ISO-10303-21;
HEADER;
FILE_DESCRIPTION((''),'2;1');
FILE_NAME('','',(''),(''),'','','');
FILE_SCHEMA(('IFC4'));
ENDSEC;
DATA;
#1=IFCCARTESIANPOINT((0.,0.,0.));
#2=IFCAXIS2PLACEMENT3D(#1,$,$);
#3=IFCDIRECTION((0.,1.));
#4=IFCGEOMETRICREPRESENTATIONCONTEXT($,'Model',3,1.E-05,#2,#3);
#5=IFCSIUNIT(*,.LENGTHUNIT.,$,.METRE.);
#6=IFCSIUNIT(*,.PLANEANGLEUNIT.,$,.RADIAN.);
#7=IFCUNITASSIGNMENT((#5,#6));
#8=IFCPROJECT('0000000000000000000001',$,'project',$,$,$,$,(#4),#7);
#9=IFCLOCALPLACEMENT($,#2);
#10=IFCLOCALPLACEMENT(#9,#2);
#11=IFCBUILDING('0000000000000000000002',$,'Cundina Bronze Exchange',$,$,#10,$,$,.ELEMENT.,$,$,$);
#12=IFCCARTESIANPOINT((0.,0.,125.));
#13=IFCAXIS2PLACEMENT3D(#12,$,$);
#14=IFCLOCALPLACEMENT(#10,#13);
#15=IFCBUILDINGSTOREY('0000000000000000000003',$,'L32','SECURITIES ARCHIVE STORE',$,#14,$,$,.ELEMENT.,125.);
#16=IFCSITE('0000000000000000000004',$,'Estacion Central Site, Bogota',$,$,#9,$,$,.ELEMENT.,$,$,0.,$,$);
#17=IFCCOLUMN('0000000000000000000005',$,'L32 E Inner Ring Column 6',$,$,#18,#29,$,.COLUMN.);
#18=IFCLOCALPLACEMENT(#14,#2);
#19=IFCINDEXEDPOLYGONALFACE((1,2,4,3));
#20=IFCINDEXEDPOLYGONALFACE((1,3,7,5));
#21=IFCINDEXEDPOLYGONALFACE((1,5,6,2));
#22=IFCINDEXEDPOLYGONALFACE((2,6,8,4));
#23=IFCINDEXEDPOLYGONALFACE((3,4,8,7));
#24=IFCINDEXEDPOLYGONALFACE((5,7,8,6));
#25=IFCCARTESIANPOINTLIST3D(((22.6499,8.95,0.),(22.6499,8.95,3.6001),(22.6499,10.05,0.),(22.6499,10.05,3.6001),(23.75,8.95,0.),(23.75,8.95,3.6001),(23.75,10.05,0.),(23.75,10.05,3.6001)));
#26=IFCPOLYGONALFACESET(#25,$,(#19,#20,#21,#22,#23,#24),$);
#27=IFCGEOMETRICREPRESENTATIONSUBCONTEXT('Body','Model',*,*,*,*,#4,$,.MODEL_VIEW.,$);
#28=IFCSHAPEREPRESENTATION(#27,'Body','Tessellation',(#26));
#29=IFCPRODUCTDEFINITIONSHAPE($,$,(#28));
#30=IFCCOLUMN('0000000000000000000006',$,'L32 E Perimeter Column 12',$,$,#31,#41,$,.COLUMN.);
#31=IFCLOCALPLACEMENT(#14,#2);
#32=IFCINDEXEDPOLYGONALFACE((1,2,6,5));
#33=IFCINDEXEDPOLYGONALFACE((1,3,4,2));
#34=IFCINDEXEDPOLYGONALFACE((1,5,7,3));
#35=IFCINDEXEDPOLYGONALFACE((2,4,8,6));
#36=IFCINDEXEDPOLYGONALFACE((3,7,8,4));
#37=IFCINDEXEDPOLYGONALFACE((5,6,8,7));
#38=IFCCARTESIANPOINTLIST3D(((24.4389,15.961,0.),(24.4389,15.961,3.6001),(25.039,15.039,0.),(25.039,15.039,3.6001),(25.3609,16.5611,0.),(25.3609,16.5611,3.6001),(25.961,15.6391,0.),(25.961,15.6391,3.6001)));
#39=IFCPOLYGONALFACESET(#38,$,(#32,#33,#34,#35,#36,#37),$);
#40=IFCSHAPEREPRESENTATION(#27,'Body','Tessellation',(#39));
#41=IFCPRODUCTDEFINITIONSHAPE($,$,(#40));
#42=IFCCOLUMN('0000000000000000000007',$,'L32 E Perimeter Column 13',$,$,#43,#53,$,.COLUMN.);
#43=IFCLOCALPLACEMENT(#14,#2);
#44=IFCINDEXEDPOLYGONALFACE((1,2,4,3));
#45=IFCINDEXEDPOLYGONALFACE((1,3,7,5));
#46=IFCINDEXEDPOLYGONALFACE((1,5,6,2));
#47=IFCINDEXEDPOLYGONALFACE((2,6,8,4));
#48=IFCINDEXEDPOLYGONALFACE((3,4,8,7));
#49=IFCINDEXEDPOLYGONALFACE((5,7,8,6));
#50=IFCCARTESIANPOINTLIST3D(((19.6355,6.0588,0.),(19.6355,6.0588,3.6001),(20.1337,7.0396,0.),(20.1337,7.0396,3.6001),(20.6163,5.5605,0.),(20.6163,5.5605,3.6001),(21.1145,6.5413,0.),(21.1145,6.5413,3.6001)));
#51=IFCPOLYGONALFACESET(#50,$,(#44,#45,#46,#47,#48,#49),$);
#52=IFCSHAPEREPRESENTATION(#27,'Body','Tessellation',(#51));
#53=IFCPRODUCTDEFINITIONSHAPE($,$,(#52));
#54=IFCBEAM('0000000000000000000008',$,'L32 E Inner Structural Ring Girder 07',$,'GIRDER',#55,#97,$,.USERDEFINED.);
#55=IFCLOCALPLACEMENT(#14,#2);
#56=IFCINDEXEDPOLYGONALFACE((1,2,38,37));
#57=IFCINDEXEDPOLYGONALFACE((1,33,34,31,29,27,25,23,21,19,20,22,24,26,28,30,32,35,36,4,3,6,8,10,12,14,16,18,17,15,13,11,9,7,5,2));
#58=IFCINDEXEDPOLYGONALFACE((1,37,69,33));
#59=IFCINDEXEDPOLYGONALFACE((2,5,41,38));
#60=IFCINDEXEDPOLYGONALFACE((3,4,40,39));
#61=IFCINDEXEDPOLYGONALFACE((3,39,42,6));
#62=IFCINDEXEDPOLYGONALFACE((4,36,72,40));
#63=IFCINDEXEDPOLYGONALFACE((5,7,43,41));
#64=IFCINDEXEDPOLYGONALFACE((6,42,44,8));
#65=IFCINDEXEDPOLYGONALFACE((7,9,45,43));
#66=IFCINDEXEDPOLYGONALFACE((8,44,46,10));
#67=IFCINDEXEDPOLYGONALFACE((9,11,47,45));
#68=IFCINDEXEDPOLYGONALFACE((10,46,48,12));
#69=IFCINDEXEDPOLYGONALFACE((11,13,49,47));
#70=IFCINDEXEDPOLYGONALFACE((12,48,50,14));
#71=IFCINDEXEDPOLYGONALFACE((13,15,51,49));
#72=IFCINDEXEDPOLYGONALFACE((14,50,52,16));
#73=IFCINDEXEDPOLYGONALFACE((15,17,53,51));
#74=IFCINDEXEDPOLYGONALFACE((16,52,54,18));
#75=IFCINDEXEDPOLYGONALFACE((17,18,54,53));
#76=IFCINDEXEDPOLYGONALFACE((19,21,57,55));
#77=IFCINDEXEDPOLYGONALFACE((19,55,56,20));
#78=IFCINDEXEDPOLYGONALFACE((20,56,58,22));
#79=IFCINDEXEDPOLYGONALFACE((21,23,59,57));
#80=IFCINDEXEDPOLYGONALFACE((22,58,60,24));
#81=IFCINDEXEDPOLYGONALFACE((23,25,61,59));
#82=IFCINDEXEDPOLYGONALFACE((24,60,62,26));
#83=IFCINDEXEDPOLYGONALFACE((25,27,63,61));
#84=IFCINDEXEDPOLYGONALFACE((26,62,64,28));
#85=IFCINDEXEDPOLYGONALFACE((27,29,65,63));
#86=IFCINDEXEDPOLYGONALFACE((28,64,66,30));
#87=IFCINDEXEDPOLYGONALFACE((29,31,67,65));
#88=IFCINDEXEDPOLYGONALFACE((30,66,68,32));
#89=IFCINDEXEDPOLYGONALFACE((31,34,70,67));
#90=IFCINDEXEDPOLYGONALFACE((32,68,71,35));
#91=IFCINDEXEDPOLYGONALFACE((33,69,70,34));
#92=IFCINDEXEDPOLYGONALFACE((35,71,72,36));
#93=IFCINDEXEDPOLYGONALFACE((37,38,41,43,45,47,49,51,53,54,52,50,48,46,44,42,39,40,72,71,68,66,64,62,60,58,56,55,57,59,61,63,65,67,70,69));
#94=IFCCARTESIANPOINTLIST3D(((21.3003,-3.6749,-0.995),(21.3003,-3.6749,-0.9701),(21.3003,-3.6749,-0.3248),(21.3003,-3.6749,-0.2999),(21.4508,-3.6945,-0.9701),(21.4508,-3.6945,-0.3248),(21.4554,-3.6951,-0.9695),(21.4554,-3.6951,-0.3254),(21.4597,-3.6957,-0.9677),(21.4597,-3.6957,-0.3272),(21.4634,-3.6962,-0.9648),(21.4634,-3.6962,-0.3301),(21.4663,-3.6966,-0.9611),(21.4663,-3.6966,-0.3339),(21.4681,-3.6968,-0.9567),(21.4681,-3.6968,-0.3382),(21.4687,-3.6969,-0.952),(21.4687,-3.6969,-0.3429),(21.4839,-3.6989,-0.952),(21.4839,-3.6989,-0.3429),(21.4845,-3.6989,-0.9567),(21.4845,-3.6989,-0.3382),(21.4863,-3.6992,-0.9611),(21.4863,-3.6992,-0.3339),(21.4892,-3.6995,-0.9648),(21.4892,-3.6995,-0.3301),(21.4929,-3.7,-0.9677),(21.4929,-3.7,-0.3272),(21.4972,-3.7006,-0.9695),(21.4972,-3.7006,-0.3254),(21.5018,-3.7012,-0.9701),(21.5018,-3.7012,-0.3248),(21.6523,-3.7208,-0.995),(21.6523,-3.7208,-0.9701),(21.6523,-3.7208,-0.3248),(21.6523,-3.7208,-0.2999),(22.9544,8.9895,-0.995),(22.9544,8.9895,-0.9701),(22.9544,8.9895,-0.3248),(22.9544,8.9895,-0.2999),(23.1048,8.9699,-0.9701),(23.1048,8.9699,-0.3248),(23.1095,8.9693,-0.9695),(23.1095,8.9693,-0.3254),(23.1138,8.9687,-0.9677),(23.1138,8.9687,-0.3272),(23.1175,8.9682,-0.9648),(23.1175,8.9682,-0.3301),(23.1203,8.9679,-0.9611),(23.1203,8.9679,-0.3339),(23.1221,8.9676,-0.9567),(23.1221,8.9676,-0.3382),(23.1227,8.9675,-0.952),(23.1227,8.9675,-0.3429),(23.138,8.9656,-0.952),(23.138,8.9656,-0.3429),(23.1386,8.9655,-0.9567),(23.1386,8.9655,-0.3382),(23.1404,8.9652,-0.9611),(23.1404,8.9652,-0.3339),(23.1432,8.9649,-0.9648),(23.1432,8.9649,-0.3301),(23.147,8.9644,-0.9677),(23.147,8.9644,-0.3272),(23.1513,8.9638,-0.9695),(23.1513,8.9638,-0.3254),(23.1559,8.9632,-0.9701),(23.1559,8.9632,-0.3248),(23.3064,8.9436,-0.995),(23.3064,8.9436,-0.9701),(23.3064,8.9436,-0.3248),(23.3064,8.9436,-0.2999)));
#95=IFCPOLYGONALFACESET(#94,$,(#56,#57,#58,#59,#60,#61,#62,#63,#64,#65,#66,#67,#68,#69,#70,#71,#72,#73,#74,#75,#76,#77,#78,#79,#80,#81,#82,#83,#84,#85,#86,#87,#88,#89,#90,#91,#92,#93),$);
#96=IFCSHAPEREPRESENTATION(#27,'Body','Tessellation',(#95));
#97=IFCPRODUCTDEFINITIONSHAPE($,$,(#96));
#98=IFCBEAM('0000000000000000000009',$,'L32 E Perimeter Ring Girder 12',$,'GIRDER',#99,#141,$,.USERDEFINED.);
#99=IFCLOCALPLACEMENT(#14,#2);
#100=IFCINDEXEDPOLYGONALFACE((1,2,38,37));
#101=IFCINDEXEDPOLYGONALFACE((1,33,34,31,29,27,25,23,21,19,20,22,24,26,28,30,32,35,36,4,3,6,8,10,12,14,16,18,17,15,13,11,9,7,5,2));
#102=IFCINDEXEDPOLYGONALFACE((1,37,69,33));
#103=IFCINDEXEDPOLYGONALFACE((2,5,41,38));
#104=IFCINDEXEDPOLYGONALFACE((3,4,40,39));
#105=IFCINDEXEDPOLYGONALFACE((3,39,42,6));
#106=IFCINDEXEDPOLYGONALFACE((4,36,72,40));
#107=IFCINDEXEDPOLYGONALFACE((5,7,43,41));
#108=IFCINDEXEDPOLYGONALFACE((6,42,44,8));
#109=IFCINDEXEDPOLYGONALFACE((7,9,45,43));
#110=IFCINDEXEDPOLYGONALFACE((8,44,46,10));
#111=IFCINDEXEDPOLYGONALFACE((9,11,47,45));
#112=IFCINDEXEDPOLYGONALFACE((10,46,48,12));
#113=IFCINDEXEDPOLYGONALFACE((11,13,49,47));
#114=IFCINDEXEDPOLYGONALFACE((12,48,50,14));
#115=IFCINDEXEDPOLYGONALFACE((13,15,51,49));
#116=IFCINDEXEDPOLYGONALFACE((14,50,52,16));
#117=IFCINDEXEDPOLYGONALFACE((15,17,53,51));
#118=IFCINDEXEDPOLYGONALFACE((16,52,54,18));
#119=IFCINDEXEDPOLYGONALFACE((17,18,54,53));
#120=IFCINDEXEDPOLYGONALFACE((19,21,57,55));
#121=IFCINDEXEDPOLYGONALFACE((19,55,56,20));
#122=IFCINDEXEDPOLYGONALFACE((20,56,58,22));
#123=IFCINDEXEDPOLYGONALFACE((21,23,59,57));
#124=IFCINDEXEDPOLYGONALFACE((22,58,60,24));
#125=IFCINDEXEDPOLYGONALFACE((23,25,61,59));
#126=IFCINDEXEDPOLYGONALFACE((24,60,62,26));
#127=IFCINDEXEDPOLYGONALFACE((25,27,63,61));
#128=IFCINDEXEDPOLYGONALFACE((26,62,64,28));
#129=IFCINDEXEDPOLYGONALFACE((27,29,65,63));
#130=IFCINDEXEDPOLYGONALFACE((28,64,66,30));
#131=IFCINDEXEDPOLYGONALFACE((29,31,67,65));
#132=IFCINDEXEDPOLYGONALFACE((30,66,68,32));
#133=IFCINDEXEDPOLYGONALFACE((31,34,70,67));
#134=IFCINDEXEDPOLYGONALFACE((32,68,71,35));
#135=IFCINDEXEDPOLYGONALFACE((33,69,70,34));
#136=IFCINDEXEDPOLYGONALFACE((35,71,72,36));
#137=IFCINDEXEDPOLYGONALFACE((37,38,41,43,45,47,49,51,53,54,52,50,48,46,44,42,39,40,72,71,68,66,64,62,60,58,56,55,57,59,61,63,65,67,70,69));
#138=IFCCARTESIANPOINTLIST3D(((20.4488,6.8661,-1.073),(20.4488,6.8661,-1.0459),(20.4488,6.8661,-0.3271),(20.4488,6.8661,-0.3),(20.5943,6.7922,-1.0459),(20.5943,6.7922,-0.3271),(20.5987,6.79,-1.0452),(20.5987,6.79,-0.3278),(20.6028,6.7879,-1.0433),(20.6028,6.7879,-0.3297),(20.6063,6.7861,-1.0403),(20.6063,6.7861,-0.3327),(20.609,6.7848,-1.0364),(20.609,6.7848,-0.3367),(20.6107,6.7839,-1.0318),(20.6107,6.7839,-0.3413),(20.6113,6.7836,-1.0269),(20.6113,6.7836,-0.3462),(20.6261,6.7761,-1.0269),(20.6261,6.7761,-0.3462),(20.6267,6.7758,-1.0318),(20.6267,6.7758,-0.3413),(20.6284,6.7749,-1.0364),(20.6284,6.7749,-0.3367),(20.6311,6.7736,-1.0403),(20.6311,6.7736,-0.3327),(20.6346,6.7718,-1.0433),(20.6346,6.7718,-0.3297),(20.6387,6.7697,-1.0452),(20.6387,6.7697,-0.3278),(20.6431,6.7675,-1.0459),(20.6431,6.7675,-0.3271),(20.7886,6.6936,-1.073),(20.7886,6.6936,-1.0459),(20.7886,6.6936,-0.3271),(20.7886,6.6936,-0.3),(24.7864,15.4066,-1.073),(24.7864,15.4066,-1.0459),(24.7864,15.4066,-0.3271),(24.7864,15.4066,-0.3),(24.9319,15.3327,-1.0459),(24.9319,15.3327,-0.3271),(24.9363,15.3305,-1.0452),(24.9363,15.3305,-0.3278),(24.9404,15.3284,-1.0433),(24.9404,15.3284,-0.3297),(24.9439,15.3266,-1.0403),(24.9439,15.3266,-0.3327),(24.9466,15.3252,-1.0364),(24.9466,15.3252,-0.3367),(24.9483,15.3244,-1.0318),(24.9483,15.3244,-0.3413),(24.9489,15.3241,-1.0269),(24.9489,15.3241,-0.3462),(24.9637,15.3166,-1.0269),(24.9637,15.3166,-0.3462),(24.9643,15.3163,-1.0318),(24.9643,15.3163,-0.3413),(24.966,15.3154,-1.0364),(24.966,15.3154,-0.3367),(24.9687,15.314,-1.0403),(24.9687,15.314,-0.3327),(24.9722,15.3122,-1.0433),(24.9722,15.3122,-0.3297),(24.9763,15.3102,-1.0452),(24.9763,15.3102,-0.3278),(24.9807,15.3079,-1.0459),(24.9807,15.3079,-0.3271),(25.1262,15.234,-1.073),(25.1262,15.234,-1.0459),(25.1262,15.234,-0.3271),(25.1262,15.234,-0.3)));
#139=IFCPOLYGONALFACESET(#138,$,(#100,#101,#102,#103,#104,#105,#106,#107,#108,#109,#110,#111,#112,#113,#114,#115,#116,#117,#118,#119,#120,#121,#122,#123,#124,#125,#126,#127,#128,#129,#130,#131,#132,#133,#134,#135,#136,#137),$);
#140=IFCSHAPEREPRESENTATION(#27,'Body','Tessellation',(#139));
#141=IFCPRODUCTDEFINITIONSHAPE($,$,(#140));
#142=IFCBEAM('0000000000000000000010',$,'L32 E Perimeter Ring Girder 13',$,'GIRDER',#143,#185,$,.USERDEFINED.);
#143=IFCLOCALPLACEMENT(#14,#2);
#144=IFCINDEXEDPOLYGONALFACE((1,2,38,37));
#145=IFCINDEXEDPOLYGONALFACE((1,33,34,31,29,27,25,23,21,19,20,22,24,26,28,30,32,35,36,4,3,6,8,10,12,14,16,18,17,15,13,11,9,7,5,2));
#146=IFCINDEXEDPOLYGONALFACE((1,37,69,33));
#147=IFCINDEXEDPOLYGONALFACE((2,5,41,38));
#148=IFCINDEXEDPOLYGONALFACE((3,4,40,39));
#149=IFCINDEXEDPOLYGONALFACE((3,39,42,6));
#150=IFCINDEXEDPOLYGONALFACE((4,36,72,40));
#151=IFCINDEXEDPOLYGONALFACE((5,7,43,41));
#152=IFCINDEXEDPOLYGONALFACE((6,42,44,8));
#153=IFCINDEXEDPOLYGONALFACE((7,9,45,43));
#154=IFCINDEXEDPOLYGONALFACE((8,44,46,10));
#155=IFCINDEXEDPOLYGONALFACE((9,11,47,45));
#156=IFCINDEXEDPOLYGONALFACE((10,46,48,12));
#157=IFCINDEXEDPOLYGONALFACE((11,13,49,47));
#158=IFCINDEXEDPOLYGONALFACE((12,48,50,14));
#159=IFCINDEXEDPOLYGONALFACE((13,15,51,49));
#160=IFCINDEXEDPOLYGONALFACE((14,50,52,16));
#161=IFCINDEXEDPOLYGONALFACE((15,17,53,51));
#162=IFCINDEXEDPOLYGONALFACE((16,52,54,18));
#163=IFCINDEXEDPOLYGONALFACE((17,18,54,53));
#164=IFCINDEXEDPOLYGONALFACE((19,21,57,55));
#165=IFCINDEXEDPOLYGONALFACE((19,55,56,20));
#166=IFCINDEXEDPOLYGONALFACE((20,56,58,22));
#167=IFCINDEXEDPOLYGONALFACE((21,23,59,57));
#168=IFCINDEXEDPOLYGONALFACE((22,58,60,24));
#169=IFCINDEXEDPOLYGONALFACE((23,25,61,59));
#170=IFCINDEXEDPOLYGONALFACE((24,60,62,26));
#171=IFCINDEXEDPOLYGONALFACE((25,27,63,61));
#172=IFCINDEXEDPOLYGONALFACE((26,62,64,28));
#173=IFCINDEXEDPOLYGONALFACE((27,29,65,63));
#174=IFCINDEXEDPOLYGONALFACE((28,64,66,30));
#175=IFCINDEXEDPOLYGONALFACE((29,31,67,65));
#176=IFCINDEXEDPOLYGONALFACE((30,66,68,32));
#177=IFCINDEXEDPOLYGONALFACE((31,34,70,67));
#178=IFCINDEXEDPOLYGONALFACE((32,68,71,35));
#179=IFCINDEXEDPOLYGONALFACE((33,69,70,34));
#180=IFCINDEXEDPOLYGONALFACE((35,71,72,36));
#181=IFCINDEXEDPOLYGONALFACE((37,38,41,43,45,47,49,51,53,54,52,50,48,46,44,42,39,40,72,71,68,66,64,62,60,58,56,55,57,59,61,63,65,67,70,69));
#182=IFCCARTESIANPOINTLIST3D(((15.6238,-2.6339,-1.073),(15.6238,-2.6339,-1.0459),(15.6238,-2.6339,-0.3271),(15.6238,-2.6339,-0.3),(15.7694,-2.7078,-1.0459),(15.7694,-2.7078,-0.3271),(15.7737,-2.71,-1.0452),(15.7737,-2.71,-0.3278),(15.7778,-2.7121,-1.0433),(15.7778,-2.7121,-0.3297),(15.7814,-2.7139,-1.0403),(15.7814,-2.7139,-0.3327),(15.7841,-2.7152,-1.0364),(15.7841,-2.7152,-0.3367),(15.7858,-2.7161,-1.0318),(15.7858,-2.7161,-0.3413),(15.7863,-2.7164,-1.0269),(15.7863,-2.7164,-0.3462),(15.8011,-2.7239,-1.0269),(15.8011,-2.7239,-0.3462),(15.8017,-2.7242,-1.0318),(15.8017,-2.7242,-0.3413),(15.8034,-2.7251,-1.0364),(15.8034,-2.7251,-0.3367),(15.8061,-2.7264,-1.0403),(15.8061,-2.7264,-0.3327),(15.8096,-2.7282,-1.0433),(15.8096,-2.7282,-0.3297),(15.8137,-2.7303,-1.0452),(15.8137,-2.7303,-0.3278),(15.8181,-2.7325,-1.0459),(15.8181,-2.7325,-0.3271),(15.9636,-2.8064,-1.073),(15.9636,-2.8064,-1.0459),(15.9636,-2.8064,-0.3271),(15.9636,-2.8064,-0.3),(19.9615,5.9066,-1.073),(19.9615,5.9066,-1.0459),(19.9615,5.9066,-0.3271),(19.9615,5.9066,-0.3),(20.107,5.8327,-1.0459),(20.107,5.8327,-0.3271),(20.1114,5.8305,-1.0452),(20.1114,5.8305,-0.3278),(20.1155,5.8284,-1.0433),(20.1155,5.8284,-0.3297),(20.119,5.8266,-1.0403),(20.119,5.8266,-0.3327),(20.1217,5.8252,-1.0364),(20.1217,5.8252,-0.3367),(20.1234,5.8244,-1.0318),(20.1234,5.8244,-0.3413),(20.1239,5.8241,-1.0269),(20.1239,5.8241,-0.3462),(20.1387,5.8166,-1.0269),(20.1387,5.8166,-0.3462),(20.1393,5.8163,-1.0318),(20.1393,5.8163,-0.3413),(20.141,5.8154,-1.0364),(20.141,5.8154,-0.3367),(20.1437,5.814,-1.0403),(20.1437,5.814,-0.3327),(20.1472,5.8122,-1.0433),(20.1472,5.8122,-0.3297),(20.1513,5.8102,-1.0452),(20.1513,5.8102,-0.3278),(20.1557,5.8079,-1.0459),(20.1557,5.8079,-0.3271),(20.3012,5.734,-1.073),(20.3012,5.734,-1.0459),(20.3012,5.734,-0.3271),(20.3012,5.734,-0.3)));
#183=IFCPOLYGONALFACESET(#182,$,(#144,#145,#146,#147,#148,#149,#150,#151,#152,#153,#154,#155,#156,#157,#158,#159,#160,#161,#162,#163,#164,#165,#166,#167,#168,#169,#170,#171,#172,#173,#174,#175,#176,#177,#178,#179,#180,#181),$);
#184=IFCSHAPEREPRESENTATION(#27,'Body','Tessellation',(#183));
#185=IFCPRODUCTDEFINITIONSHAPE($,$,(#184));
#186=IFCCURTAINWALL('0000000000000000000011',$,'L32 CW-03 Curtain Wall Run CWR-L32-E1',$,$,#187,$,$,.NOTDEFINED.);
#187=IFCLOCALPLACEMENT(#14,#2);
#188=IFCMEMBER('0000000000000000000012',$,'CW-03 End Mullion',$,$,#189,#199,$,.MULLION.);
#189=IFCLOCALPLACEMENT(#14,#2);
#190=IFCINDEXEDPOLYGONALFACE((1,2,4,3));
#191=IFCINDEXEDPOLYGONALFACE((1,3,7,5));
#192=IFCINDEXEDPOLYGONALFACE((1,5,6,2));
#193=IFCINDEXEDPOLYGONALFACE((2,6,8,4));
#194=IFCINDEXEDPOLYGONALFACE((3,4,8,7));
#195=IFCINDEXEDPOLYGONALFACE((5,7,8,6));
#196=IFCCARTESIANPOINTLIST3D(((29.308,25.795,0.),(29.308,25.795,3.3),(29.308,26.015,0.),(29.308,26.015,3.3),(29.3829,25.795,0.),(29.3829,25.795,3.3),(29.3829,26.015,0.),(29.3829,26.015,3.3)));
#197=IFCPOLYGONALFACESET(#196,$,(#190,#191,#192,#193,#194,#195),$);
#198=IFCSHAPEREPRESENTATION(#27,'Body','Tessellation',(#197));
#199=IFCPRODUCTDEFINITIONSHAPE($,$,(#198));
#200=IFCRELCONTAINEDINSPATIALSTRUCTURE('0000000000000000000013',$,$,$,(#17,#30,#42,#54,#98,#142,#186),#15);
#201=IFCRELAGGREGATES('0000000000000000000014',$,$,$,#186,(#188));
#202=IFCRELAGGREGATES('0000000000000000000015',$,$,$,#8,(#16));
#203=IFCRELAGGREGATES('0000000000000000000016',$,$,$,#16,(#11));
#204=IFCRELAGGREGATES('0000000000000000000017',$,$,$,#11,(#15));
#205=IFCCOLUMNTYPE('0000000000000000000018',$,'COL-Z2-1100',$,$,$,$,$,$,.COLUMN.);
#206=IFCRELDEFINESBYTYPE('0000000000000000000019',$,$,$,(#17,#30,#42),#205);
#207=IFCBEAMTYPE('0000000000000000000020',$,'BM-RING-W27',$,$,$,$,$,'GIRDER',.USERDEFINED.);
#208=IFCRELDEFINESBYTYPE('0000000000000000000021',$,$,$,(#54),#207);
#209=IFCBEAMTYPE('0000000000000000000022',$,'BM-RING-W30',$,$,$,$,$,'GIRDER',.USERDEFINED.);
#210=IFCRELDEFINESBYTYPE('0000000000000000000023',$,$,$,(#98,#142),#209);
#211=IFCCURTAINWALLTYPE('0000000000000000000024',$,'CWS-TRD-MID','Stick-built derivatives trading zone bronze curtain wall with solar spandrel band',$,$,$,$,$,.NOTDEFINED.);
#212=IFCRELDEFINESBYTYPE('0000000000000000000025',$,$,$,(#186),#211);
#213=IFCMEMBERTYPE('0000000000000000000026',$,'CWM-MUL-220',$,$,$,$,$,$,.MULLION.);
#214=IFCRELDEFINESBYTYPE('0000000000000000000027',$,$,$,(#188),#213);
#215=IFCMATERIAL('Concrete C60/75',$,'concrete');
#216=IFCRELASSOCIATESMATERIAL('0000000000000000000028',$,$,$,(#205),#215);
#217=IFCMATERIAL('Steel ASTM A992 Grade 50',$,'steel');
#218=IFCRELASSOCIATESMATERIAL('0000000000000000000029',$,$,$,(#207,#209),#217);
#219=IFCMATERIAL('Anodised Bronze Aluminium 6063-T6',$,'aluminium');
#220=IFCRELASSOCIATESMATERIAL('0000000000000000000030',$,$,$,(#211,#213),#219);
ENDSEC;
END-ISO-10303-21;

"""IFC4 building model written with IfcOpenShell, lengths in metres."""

from ifc_helpers import new_model, si_unit, direction, frame, origin, origin_2d, place, context, subcontext, project, spatial, rectangle, i_section, extrude, material, material_profile, profile_set, type_object, element, aggregate, save


model = new_model("IFC4")

# Units and contexts
model_context = context("Model", 3, precision=1e-05, world=origin(), true_north=direction((0.0, 1.0)))
body_context = subcontext(model_context, "Body", "Model", "MODEL_VIEW")
ifc_project = project(units=[si_unit("LENGTHUNIT", "METRE"), si_unit("PLANEANGLEUNIT", "RADIAN")], contexts=[model_context])

# Site, building, storey
site_placement = place(None, origin())
site = spatial("IfcSite", under=ifc_project, at=site_placement, Name="Estacion Central Site, Bogota", CompositionType="ELEMENT", RefElevation=0.0)
building_placement = place(site_placement, origin())
building = spatial("IfcBuilding", under=site, at=building_placement, Name="Cundina Bronze Exchange", CompositionType="ELEMENT")
storey_placement = place(building_placement, frame((0.0, 0.0, 125.0)))
storey = spatial("IfcBuildingStorey", under=building, at=storey_placement, Name="L32", Description="SECURITIES ARCHIVE STORE", CompositionType="ELEMENT", Elevation=125.0)

# Columns
ifc_material_1 = material(Name="Concrete C60/75", Category="concrete")
ifc_material_profile_1 = material_profile(ifc_material_1, rectangle(XDim=1.1001, YDim=1.1001, at=origin_2d()), Name="RC1100X1100", Category="concrete")
ifc_profile_set_1 = profile_set([ifc_material_profile_1], Name="Concrete C60/75")
column_type = type_object("IfcColumnType", Name="COL-Z2-1100", PredefinedType="COLUMN", material=ifc_profile_set_1)
for number, where, z_axis, x_axis, name in (
    (1, (23.2, 9.5, 0.0), (0.0, 0.0, 1.0), (1.0, 0.0, 0.0), "L32 E Inner Ring Column 6"),
    (2, (25.2, 15.8, 0.0), (0.0, 0.0, 1.0), (-0.8381, -0.545517, 0.0), "L32 E Perimeter Column 12"),
    (3, (20.375, 6.3, 0.0), (0.0, 0.0, 1.0), (-0.452902, -0.891561, 0.0), "L32 E Perimeter Column 13"),
):
    element("IfcColumn", number, at=place(storey_placement, frame(where, z_axis=z_axis, x_axis=x_axis)), inside=storey, type_object=column_type, Name=name, PredefinedType="COLUMN", context=body_context, shape_type="SweptSolid", body=[
        extrude(rectangle(XDim=1.1001, YDim=1.1001, at=origin_2d()), origin(), (0.0, 0.0, 1.0), 3.6001),
    ])

# Beams
ifc_material_2 = material(Name="Steel ASTM A992 Grade 50", Category="steel")
ifc_material_profile_2 = material_profile(ifc_material_2, i_section(OverallWidth=0.355, OverallDepth=0.6951, WebThickness=0.0154, FlangeThickness=0.0249, FilletRadius=0.0181, at=origin_2d()), Name="W27X146", Category="steel")
ifc_profile_set_2 = profile_set([ifc_material_profile_2], Name="Steel ASTM A992 Grade 50")
beam_type_1 = type_object("IfcBeamType", Name="BM-RING-W27", ElementType="GIRDER", PredefinedType="USERDEFINED", material=ifc_profile_set_2)
beam_placement = place(storey_placement, frame((23.1304, 8.9666, -0.6475), z_axis=(-0.129508, -0.991578, 0.0), x_axis=(0.991578, -0.129508, 0.0)))
element("IfcBeam", 4, at=beam_placement, inside=storey, type_object=beam_type_1, Name="L32 E Inner Structural Ring Girder 07", ObjectType="GIRDER", PredefinedType="USERDEFINED", context=body_context, shape_type="SweptSolid", body=[
    extrude(i_section(OverallWidth=0.355, OverallDepth=0.6951, WebThickness=0.0154, FlangeThickness=0.0249, FilletRadius=0.0181, at=origin_2d()), origin(), (0.0, 0.0, 1.0), 12.772),
])
ifc_material_profile_3 = material_profile(ifc_material_2, i_section(OverallWidth=0.3811, OverallDepth=0.7729, WebThickness=0.0166, FlangeThickness=0.0271, FilletRadius=0.019, at=origin_2d()), Name="W30X173", Category="steel")
ifc_profile_set_3 = profile_set([ifc_material_profile_3], Name="Steel ASTM A992 Grade 50")
beam_type_2 = type_object("IfcBeamType", Name="BM-RING-W30", ElementType="GIRDER", PredefinedType="USERDEFINED", material=ifc_profile_set_3)
for number, where, z_axis, x_axis, name in (
    (5, (24.9563, 15.3203, -0.6865), (-0.452832, -0.891596, 0.0), (0.891596, -0.452832, 0.0), "L32 E Perimeter Ring Girder 12"),
    (6, (20.1313, 5.8203, -0.6865), (-0.452832, -0.891596, 0.0), (0.891596, -0.452832, 0.0), "L32 E Perimeter Ring Girder 13"),
):
    element("IfcBeam", number, at=place(storey_placement, frame(where, z_axis=z_axis, x_axis=x_axis)), inside=storey, type_object=beam_type_2, Name=name, ObjectType="GIRDER", PredefinedType="USERDEFINED", context=body_context, shape_type="SweptSolid", body=[
        extrude(i_section(OverallWidth=0.3811, OverallDepth=0.7729, WebThickness=0.0166, FlangeThickness=0.0271, FilletRadius=0.019, at=origin_2d()), origin(), (0.0, 0.0, 1.0), 9.5789),
    ])

# Curtain wall, member
ifc_material_3 = material(Name="Anodised Bronze Aluminium 6063-T6", Category="aluminium")
curtain_wall_type = type_object("IfcCurtainWallType", Name="CWS-TRD-MID", Description="Stick-built derivatives trading zone bronze curtain wall with solar spandrel band", PredefinedType="NOTDEFINED", material=ifc_material_3)
curtain_wall_1_placement = place(storey_placement, origin())
curtain_wall_1 = element("IfcCurtainWall", 7, at=curtain_wall_1_placement, inside=storey, type_object=curtain_wall_type, Name="L32 CW-03 Curtain Wall Run CWR-L32-E1", PredefinedType="NOTDEFINED")
ifc_material_profile_4 = material_profile(ifc_material_3, rectangle(XDim=0.075, YDim=0.22, at=origin_2d()), Name="AL75X220", Category="aluminium")
ifc_profile_set_4 = profile_set([ifc_material_profile_4], Name="Anodised Bronze Aluminium 6063-T6")
member_type_1 = type_object("IfcMemberType", Name="CWM-MUL-220", PredefinedType="MULLION", material=ifc_profile_set_4)
member_1_placement = place(storey_placement, frame((29.3455, 25.905, 0.0), z_axis=(0.0, 0.0, 1.0), x_axis=(-1.0, 0.0, 0.0)))
member_1 = element("IfcMember", 8, at=member_1_placement, type_object=member_type_1, Name="CW-03 End Mullion", PredefinedType="MULLION", context=body_context, shape_type="SweptSolid", body=[
    extrude(rectangle(XDim=0.075, YDim=0.22, at=origin_2d()), origin(), (0.0, 0.0, 1.0), 3.3),
])
aggregate(curtain_wall_1, [member_1])

save(model, "model.ifc")
